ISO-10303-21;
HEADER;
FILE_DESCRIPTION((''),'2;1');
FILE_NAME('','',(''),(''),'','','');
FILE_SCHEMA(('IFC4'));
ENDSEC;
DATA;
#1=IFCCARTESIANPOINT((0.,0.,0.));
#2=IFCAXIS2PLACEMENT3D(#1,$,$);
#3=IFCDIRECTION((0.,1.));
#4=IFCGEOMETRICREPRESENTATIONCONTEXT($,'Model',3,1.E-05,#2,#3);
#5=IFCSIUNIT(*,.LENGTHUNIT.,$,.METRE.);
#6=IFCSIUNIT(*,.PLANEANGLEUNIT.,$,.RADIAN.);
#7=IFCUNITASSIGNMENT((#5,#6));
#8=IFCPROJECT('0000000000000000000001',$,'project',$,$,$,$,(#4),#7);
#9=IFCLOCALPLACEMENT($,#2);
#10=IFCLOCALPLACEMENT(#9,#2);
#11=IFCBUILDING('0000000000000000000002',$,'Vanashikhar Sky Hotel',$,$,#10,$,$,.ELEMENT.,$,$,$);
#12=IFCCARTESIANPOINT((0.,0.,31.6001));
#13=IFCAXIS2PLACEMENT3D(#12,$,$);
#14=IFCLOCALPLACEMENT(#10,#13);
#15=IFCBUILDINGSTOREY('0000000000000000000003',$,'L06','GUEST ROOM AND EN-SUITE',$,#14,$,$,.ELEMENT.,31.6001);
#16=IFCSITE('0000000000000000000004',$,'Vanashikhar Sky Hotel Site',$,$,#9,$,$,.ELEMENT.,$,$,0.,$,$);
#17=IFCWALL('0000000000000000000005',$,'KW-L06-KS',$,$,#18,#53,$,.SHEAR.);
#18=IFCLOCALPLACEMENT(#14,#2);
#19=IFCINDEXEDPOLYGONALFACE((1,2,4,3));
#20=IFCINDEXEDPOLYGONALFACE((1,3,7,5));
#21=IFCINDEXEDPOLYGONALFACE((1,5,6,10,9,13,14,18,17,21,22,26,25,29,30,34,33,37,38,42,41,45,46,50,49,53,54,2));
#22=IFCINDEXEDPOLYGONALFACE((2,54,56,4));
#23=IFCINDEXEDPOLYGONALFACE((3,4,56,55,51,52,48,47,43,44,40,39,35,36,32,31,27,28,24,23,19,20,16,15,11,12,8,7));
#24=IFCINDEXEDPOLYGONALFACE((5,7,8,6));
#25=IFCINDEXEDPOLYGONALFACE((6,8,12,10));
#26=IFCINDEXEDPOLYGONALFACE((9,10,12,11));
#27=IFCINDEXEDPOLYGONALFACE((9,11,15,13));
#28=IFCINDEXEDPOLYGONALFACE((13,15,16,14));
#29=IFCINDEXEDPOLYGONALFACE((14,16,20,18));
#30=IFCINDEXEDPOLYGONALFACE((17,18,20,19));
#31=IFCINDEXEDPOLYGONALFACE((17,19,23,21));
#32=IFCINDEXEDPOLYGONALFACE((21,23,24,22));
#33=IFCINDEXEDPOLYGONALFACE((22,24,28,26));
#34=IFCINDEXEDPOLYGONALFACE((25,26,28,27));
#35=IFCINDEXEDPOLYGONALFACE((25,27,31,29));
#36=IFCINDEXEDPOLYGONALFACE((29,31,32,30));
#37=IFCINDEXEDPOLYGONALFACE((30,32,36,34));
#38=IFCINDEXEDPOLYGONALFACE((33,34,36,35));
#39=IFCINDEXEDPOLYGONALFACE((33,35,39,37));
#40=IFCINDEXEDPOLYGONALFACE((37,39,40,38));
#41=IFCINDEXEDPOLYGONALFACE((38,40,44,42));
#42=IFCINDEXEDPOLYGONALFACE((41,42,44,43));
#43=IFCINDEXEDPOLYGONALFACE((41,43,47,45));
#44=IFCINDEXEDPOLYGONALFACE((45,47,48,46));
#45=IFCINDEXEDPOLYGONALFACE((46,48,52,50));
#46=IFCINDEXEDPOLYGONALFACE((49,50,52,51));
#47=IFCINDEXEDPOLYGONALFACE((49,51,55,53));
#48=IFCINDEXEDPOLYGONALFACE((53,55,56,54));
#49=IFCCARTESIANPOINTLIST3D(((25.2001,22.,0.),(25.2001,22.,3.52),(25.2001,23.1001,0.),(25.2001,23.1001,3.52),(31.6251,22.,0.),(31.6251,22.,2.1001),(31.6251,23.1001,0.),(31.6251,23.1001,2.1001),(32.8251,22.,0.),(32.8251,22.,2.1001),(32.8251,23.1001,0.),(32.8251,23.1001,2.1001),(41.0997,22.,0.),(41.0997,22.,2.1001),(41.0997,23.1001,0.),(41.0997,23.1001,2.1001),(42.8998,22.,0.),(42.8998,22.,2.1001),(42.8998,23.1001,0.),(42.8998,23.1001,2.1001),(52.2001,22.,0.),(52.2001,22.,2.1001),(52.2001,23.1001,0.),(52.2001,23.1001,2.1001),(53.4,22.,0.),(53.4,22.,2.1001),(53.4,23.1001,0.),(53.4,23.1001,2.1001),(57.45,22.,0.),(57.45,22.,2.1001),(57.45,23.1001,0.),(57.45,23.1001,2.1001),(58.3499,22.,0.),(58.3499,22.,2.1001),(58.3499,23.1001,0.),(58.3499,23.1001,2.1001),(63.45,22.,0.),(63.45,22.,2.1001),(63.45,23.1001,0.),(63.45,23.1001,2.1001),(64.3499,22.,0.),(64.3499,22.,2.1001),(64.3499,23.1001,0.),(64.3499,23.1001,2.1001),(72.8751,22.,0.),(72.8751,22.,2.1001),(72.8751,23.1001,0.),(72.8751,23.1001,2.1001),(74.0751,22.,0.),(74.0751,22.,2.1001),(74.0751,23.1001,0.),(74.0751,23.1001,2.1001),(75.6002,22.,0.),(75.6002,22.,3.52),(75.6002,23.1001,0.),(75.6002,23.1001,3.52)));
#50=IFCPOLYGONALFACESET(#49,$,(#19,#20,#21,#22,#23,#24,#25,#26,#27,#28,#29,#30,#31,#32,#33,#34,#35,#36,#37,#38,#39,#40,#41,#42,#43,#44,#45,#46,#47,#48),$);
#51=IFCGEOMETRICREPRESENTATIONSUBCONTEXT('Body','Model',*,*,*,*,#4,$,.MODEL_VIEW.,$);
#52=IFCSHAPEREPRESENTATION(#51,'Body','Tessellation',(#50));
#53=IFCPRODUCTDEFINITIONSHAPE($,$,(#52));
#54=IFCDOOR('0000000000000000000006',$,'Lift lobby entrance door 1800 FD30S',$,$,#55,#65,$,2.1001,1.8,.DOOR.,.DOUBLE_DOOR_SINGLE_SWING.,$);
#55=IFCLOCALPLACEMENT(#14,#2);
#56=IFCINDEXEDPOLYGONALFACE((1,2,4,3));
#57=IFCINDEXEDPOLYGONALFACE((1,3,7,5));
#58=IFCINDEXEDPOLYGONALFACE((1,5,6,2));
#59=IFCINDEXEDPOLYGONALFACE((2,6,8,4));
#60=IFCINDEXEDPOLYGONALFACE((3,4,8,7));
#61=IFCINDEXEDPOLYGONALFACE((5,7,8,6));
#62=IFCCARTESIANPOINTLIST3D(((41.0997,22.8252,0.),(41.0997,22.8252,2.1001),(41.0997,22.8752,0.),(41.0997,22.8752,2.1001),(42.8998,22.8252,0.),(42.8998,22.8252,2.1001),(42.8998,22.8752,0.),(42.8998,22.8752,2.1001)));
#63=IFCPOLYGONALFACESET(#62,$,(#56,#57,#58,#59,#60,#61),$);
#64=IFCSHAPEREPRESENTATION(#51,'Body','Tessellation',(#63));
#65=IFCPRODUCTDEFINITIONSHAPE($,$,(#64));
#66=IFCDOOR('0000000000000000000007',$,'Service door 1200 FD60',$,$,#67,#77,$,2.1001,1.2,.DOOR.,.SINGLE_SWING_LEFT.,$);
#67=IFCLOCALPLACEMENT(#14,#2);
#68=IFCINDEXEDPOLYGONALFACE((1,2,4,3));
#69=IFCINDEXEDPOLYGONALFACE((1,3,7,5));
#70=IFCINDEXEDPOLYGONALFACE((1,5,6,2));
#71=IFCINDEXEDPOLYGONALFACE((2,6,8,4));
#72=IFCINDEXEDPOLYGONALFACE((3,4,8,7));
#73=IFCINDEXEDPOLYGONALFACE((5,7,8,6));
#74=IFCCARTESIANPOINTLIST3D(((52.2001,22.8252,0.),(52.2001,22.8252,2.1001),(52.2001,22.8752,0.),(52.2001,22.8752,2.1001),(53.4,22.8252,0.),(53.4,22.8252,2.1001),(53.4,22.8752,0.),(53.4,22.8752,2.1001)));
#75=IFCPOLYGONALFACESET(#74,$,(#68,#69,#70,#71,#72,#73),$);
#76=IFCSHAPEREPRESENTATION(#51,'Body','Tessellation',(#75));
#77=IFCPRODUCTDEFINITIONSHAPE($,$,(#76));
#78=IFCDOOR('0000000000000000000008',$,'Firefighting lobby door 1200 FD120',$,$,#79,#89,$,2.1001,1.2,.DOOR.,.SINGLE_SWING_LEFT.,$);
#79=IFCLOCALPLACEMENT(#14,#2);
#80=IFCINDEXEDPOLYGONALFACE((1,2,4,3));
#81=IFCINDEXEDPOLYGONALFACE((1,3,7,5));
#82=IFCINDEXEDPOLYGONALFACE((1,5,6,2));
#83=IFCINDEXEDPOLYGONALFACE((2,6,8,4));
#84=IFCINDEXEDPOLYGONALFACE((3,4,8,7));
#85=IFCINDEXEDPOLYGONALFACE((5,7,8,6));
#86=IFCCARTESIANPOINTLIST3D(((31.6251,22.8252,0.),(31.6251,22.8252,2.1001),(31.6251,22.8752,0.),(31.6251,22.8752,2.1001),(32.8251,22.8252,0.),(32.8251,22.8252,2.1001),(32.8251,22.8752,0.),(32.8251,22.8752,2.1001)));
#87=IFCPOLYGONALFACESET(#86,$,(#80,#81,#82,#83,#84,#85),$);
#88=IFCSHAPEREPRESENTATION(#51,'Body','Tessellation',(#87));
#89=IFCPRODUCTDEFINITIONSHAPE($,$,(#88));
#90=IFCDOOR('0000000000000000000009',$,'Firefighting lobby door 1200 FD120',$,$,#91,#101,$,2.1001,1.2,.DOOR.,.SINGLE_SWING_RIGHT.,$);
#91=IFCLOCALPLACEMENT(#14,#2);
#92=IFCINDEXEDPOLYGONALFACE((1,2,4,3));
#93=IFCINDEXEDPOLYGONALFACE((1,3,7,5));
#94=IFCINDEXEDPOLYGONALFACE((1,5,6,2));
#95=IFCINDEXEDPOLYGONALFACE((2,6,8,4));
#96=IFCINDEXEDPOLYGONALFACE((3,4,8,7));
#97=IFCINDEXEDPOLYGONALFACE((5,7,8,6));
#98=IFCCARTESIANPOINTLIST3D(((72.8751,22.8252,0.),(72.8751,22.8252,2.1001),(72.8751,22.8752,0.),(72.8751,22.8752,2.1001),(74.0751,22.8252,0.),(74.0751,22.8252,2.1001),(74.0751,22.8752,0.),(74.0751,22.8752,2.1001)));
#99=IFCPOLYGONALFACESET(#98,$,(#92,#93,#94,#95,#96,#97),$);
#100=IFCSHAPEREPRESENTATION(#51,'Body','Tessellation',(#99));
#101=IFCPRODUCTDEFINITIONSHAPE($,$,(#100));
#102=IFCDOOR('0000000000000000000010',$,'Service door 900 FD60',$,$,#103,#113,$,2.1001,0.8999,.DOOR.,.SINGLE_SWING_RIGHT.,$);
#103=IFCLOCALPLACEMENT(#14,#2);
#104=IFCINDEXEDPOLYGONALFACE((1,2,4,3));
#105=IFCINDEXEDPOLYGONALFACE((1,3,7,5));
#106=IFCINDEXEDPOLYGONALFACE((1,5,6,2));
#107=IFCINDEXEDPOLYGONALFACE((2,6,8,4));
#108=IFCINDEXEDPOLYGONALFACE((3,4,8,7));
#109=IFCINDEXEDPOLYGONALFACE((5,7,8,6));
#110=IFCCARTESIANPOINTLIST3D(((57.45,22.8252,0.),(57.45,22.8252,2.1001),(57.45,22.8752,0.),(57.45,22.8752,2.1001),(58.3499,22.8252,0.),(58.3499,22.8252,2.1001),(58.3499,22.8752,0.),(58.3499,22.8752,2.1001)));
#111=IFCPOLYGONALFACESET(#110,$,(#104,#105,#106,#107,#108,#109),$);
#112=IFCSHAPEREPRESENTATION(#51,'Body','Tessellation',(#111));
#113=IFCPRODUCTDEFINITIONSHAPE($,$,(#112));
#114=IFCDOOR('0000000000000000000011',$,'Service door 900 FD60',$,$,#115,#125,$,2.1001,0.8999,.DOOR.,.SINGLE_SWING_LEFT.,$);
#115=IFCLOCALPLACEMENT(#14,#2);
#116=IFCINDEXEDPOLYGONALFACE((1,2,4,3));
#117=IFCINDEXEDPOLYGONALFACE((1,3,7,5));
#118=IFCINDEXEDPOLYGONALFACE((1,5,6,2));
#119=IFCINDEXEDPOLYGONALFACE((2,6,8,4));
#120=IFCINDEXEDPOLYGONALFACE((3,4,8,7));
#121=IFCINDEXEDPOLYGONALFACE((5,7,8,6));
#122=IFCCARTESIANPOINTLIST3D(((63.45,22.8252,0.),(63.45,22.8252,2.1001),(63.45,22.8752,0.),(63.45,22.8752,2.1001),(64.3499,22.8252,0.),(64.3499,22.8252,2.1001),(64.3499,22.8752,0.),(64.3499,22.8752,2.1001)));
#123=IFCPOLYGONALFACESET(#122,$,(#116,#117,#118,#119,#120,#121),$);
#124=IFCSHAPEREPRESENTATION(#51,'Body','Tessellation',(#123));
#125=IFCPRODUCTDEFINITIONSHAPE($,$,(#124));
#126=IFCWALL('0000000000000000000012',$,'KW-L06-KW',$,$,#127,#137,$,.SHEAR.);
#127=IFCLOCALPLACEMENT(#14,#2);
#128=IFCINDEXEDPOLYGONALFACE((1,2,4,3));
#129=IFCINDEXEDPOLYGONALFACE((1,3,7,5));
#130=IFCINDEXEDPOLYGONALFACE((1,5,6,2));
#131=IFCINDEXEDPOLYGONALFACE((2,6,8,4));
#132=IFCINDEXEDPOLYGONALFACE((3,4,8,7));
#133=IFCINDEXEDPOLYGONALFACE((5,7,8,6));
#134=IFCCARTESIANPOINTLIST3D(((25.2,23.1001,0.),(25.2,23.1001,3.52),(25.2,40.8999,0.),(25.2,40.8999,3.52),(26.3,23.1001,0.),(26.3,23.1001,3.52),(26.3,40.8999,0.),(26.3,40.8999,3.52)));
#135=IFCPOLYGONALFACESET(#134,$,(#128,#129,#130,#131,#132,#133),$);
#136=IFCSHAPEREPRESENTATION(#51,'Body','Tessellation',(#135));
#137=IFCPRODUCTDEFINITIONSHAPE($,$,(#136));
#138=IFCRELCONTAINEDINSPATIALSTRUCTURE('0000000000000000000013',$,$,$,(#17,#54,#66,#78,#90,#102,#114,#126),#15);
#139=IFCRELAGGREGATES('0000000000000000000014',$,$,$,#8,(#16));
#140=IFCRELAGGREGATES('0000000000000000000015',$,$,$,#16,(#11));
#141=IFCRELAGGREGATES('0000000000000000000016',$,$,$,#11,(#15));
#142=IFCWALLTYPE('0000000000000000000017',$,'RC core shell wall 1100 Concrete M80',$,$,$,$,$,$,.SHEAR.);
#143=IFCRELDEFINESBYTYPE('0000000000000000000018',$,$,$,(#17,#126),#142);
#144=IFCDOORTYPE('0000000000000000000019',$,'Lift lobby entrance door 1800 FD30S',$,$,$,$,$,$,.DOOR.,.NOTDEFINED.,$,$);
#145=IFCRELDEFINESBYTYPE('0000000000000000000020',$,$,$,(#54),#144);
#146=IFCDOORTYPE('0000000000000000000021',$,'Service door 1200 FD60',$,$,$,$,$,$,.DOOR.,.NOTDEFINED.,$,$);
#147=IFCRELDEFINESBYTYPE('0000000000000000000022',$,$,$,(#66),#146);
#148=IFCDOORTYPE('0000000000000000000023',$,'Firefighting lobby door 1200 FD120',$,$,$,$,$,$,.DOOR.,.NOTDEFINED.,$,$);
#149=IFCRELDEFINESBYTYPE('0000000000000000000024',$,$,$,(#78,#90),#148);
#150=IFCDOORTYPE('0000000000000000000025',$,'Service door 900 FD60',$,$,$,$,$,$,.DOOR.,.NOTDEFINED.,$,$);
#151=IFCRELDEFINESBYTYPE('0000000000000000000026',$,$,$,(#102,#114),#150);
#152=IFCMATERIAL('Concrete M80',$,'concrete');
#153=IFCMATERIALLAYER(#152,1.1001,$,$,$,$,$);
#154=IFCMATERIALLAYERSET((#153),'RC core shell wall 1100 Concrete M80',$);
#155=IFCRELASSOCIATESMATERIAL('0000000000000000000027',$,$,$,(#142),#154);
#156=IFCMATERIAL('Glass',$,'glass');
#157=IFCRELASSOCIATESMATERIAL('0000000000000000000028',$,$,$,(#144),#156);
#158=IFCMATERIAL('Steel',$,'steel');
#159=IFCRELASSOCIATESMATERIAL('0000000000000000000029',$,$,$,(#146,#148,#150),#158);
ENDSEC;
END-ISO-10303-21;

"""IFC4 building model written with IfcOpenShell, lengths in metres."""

from ifc_helpers import new_model, si_unit, direction, frame, frame_2d, origin, place, context, subcontext, project, spatial, rectangle, extrude, source, transform, mapped, material, layer, layer_set, type_object, element, fill, save


model = new_model("IFC4")

# Units and contexts
model_context = context("Model", 3, precision=1e-05, world=origin(), true_north=direction((0.0, 1.0)))
body_context = subcontext(model_context, "Body", "Model", "MODEL_VIEW")
ifc_project = project(units=[si_unit("LENGTHUNIT", "METRE"), si_unit("PLANEANGLEUNIT", "RADIAN")], contexts=[model_context])

# Site, building, storey
site_placement = place(None, origin())
site = spatial("IfcSite", under=ifc_project, at=site_placement, Name="Vanashikhar Sky Hotel Site", CompositionType="ELEMENT", RefElevation=0.0)
building_placement = place(site_placement, origin())
building = spatial("IfcBuilding", under=site, at=building_placement, Name="Vanashikhar Sky Hotel", CompositionType="ELEMENT")
storey_placement = place(building_placement, frame((0.0, 0.0, 31.6001)))
storey = spatial("IfcBuildingStorey", under=building, at=storey_placement, Name="L06", Description="GUEST ROOM AND EN-SUITE", CompositionType="ELEMENT", Elevation=31.6001)

# Wall, openings, doors
ifc_material_1 = material(Name="Concrete M80", Category="concrete")
ifc_layer_1 = layer(ifc_material_1, 1.1001)
ifc_layer_set_1 = layer_set([ifc_layer_1], Name="RC core shell wall 1100 Concrete M80")
wall_type_1 = type_object("IfcWallType", Name="RC core shell wall 1100 Concrete M80", PredefinedType="SHEAR", material=ifc_layer_set_1)
shared_shape_1 = source(origin(), body_context, "Body", "SweptSolid", [
    extrude(rectangle(XDim=50.4001, YDim=1.1001, at=frame_2d((25.2002, 0.0))), origin(), (0.0, 0.0, 1.0), 3.52),
])
wall_1_placement = place(storey_placement, frame((25.2, 22.55, 0.0), z_axis=(0.0, 0.0, 1.0), x_axis=(1.0, 0.0, 0.0)))
wall_1 = element("IfcWall", 1, at=wall_1_placement, inside=storey, type_object=wall_type_1, Name="KW-L06-KS", PredefinedType="SHEAR", context=body_context, shape_type="MappedRepresentation", body=[
    mapped(shared_shape_1, transform((0.0, 0.0, 0.0), scale=1.0)),
])
shared_shape_2 = source(origin(), body_context, "Body", "SweptSolid", [
    extrude(rectangle(XDim=1.8, YDim=2.1001, at=frame_2d((0.8999, 1.05))), frame((0.0, 0.5601, 0.0), z_axis=(0.0, -1.0, 0.0), x_axis=(1.0, 0.0, 0.0)), (0.0, 0.0, 1.0), 1.1201),
])
opening_1_placement = place(wall_1_placement, frame((15.8999, 0.0, 0.0)))
opening_1 = element("IfcOpeningElement", 2, at=opening_1_placement, cuts=wall_1, PredefinedType="OPENING", context=body_context, shape_type="MappedRepresentation", body=[
    mapped(shared_shape_2, transform((0.0, 0.0, 0.0), scale=1.0)),
])
shared_shape_3 = source(origin(), body_context, "Body", "SweptSolid", [
    extrude(rectangle(XDim=1.2, YDim=2.1001, at=frame_2d((0.6001, 1.05))), frame((0.0, 0.5601, 0.0), z_axis=(0.0, -1.0, 0.0), x_axis=(1.0, 0.0, 0.0)), (0.0, 0.0, 1.0), 1.1201),
])
opening_2_placement = place(wall_1_placement, frame((27.0, 0.0, 0.0)))
opening_2 = element("IfcOpeningElement", 3, at=opening_2_placement, cuts=wall_1, PredefinedType="OPENING", context=body_context, shape_type="MappedRepresentation", body=[
    mapped(shared_shape_3, transform((0.0, 0.0, 0.0), scale=1.0)),
])
shared_shape_4 = source(origin(), body_context, "Body", "SweptSolid", [
    extrude(rectangle(XDim=0.8999, YDim=2.1001, at=frame_2d((0.45, 1.05))), frame((0.0, 0.5601, 0.0), z_axis=(0.0, -1.0, 0.0), x_axis=(1.0, 0.0, 0.0)), (0.0, 0.0, 1.0), 1.1201),
])
opening_3_placement = place(wall_1_placement, frame((32.25, 0.0, 0.0)))
opening_3 = element("IfcOpeningElement", 4, at=opening_3_placement, cuts=wall_1, PredefinedType="OPENING", context=body_context, shape_type="MappedRepresentation", body=[
    mapped(shared_shape_4, transform((0.0, 0.0, 0.0), scale=1.0)),
])
opening_4_placement = place(wall_1_placement, frame((38.25, 0.0, 0.0)))
opening_4 = element("IfcOpeningElement", 5, at=opening_4_placement, cuts=wall_1, PredefinedType="OPENING", context=body_context, shape_type="MappedRepresentation", body=[
    mapped(shared_shape_4, transform((0.0, 0.0, 0.0), scale=1.0)),
])
opening_5_placement = place(wall_1_placement, frame((6.425, 0.0, 0.0)))
opening_5 = element("IfcOpeningElement", 6, at=opening_5_placement, cuts=wall_1, PredefinedType="OPENING", context=body_context, shape_type="MappedRepresentation", body=[
    mapped(shared_shape_3, transform((0.0, 0.0, 0.0), scale=1.0)),
])
opening_6_placement = place(wall_1_placement, frame((47.675, 0.0, 0.0)))
opening_6 = element("IfcOpeningElement", 7, at=opening_6_placement, cuts=wall_1, PredefinedType="OPENING", context=body_context, shape_type="MappedRepresentation", body=[
    mapped(shared_shape_3, transform((0.0, 0.0, 0.0), scale=1.0)),
])
ifc_material_2 = material(Name="Glass", Category="glass")
door_type_1 = type_object("IfcDoorType", Name="Lift lobby entrance door 1800 FD30S", OperationType="NOTDEFINED", PredefinedType="DOOR", material=ifc_material_2)
shared_shape_5 = source(origin(), body_context, "Body", "SweptSolid", [
    extrude(rectangle(XDim=1.8, YDim=2.1001, at=frame_2d((0.8999, 1.05))), frame((0.0, 0.3252, 0.0), z_axis=(0.0, -1.0, 0.0), x_axis=(1.0, 0.0, 0.0)), (0.0, 0.0, 1.0), 0.05),
])
door_1_placement = place(opening_1_placement, origin())
door_1 = element("IfcDoor", 8, at=door_1_placement, inside=storey, type_object=door_type_1, Name="Lift lobby entrance door 1800 FD30S", OperationType="DOUBLE_DOOR_SINGLE_SWING", OverallHeight=2.1001, OverallWidth=1.8, PredefinedType="DOOR", context=body_context, shape_type="MappedRepresentation", body=[
    mapped(shared_shape_5, transform((0.0, 0.0, 0.0), scale=1.0)),
])
fill(opening_1, door_1)
ifc_material_3 = material(Name="Steel", Category="steel")
door_type_2 = type_object("IfcDoorType", Name="Service door 1200 FD60", OperationType="NOTDEFINED", PredefinedType="DOOR", material=ifc_material_3)
shared_shape_6 = source(origin(), body_context, "Body", "SweptSolid", [
    extrude(rectangle(XDim=1.2, YDim=2.1001, at=frame_2d((0.6001, 1.05))), frame((0.0, 0.3252, 0.0), z_axis=(0.0, -1.0, 0.0), x_axis=(1.0, 0.0, 0.0)), (0.0, 0.0, 1.0), 0.05),
])
door_2_placement = place(opening_2_placement, origin())
door_2 = element("IfcDoor", 9, at=door_2_placement, inside=storey, type_object=door_type_2, Name="Service door 1200 FD60", OperationType="SINGLE_SWING_LEFT", OverallHeight=2.1001, OverallWidth=1.2, PredefinedType="DOOR", context=body_context, shape_type="MappedRepresentation", body=[
    mapped(shared_shape_6, transform((0.0, 0.0, 0.0), scale=1.0)),
])
fill(opening_2, door_2)
door_type_3 = type_object("IfcDoorType", Name="Firefighting lobby door 1200 FD120", OperationType="NOTDEFINED", PredefinedType="DOOR", material=ifc_material_3)
door_3_placement = place(opening_5_placement, origin())
door_3 = element("IfcDoor", 10, at=door_3_placement, inside=storey, type_object=door_type_3, Name="Firefighting lobby door 1200 FD120", OperationType="SINGLE_SWING_LEFT", OverallHeight=2.1001, OverallWidth=1.2, PredefinedType="DOOR", context=body_context, shape_type="MappedRepresentation", body=[
    mapped(shared_shape_6, transform((0.0, 0.0, 0.0), scale=1.0)),
])
fill(opening_5, door_3)
door_4_placement = place(opening_6_placement, origin())
door_4 = element("IfcDoor", 11, at=door_4_placement, inside=storey, type_object=door_type_3, Name="Firefighting lobby door 1200 FD120", OperationType="SINGLE_SWING_RIGHT", OverallHeight=2.1001, OverallWidth=1.2, PredefinedType="DOOR", context=body_context, shape_type="MappedRepresentation", body=[
    mapped(shared_shape_6, transform((0.0, 0.0, 0.0), scale=1.0)),
])
fill(opening_6, door_4)
door_type_4 = type_object("IfcDoorType", Name="Service door 900 FD60", OperationType="NOTDEFINED", PredefinedType="DOOR", material=ifc_material_3)
shared_shape_7 = source(origin(), body_context, "Body", "SweptSolid", [
    extrude(rectangle(XDim=0.8999, YDim=2.1001, at=frame_2d((0.45, 1.05))), frame((0.0, 0.3252, 0.0), z_axis=(0.0, -1.0, 0.0), x_axis=(1.0, 0.0, 0.0)), (0.0, 0.0, 1.0), 0.05),
])
door_5_placement = place(opening_3_placement, origin())
door_5 = element("IfcDoor", 12, at=door_5_placement, inside=storey, type_object=door_type_4, Name="Service door 900 FD60", OperationType="SINGLE_SWING_RIGHT", OverallHeight=2.1001, OverallWidth=0.8999, PredefinedType="DOOR", context=body_context, shape_type="MappedRepresentation", body=[
    mapped(shared_shape_7, transform((0.0, 0.0, 0.0), scale=1.0)),
])
fill(opening_3, door_5)
door_6_placement = place(opening_4_placement, origin())
door_6 = element("IfcDoor", 13, at=door_6_placement, inside=storey, type_object=door_type_4, Name="Service door 900 FD60", OperationType="SINGLE_SWING_LEFT", OverallHeight=2.1001, OverallWidth=0.8999, PredefinedType="DOOR", context=body_context, shape_type="MappedRepresentation", body=[
    mapped(shared_shape_7, transform((0.0, 0.0, 0.0), scale=1.0)),
])
fill(opening_4, door_6)

# Wall
shared_shape_8 = source(origin(), body_context, "Body", "SweptSolid", [
    extrude(rectangle(XDim=17.7998, YDim=1.1001, at=frame_2d((8.8999, 0.0))), origin(), (0.0, 0.0, 1.0), 3.52),
])
wall_2_placement = place(storey_placement, frame((25.75, 23.1001, 0.0), z_axis=(0.0, 0.0, 1.0), x_axis=(0.0, 1.0, 0.0)))
element("IfcWall", 14, at=wall_2_placement, inside=storey, type_object=wall_type_1, Name="KW-L06-KW", PredefinedType="SHEAR", context=body_context, shape_type="MappedRepresentation", body=[
    mapped(shared_shape_8, transform((0.0, 0.0, 0.0), scale=1.0)),
])

save(model, "model.ifc")
